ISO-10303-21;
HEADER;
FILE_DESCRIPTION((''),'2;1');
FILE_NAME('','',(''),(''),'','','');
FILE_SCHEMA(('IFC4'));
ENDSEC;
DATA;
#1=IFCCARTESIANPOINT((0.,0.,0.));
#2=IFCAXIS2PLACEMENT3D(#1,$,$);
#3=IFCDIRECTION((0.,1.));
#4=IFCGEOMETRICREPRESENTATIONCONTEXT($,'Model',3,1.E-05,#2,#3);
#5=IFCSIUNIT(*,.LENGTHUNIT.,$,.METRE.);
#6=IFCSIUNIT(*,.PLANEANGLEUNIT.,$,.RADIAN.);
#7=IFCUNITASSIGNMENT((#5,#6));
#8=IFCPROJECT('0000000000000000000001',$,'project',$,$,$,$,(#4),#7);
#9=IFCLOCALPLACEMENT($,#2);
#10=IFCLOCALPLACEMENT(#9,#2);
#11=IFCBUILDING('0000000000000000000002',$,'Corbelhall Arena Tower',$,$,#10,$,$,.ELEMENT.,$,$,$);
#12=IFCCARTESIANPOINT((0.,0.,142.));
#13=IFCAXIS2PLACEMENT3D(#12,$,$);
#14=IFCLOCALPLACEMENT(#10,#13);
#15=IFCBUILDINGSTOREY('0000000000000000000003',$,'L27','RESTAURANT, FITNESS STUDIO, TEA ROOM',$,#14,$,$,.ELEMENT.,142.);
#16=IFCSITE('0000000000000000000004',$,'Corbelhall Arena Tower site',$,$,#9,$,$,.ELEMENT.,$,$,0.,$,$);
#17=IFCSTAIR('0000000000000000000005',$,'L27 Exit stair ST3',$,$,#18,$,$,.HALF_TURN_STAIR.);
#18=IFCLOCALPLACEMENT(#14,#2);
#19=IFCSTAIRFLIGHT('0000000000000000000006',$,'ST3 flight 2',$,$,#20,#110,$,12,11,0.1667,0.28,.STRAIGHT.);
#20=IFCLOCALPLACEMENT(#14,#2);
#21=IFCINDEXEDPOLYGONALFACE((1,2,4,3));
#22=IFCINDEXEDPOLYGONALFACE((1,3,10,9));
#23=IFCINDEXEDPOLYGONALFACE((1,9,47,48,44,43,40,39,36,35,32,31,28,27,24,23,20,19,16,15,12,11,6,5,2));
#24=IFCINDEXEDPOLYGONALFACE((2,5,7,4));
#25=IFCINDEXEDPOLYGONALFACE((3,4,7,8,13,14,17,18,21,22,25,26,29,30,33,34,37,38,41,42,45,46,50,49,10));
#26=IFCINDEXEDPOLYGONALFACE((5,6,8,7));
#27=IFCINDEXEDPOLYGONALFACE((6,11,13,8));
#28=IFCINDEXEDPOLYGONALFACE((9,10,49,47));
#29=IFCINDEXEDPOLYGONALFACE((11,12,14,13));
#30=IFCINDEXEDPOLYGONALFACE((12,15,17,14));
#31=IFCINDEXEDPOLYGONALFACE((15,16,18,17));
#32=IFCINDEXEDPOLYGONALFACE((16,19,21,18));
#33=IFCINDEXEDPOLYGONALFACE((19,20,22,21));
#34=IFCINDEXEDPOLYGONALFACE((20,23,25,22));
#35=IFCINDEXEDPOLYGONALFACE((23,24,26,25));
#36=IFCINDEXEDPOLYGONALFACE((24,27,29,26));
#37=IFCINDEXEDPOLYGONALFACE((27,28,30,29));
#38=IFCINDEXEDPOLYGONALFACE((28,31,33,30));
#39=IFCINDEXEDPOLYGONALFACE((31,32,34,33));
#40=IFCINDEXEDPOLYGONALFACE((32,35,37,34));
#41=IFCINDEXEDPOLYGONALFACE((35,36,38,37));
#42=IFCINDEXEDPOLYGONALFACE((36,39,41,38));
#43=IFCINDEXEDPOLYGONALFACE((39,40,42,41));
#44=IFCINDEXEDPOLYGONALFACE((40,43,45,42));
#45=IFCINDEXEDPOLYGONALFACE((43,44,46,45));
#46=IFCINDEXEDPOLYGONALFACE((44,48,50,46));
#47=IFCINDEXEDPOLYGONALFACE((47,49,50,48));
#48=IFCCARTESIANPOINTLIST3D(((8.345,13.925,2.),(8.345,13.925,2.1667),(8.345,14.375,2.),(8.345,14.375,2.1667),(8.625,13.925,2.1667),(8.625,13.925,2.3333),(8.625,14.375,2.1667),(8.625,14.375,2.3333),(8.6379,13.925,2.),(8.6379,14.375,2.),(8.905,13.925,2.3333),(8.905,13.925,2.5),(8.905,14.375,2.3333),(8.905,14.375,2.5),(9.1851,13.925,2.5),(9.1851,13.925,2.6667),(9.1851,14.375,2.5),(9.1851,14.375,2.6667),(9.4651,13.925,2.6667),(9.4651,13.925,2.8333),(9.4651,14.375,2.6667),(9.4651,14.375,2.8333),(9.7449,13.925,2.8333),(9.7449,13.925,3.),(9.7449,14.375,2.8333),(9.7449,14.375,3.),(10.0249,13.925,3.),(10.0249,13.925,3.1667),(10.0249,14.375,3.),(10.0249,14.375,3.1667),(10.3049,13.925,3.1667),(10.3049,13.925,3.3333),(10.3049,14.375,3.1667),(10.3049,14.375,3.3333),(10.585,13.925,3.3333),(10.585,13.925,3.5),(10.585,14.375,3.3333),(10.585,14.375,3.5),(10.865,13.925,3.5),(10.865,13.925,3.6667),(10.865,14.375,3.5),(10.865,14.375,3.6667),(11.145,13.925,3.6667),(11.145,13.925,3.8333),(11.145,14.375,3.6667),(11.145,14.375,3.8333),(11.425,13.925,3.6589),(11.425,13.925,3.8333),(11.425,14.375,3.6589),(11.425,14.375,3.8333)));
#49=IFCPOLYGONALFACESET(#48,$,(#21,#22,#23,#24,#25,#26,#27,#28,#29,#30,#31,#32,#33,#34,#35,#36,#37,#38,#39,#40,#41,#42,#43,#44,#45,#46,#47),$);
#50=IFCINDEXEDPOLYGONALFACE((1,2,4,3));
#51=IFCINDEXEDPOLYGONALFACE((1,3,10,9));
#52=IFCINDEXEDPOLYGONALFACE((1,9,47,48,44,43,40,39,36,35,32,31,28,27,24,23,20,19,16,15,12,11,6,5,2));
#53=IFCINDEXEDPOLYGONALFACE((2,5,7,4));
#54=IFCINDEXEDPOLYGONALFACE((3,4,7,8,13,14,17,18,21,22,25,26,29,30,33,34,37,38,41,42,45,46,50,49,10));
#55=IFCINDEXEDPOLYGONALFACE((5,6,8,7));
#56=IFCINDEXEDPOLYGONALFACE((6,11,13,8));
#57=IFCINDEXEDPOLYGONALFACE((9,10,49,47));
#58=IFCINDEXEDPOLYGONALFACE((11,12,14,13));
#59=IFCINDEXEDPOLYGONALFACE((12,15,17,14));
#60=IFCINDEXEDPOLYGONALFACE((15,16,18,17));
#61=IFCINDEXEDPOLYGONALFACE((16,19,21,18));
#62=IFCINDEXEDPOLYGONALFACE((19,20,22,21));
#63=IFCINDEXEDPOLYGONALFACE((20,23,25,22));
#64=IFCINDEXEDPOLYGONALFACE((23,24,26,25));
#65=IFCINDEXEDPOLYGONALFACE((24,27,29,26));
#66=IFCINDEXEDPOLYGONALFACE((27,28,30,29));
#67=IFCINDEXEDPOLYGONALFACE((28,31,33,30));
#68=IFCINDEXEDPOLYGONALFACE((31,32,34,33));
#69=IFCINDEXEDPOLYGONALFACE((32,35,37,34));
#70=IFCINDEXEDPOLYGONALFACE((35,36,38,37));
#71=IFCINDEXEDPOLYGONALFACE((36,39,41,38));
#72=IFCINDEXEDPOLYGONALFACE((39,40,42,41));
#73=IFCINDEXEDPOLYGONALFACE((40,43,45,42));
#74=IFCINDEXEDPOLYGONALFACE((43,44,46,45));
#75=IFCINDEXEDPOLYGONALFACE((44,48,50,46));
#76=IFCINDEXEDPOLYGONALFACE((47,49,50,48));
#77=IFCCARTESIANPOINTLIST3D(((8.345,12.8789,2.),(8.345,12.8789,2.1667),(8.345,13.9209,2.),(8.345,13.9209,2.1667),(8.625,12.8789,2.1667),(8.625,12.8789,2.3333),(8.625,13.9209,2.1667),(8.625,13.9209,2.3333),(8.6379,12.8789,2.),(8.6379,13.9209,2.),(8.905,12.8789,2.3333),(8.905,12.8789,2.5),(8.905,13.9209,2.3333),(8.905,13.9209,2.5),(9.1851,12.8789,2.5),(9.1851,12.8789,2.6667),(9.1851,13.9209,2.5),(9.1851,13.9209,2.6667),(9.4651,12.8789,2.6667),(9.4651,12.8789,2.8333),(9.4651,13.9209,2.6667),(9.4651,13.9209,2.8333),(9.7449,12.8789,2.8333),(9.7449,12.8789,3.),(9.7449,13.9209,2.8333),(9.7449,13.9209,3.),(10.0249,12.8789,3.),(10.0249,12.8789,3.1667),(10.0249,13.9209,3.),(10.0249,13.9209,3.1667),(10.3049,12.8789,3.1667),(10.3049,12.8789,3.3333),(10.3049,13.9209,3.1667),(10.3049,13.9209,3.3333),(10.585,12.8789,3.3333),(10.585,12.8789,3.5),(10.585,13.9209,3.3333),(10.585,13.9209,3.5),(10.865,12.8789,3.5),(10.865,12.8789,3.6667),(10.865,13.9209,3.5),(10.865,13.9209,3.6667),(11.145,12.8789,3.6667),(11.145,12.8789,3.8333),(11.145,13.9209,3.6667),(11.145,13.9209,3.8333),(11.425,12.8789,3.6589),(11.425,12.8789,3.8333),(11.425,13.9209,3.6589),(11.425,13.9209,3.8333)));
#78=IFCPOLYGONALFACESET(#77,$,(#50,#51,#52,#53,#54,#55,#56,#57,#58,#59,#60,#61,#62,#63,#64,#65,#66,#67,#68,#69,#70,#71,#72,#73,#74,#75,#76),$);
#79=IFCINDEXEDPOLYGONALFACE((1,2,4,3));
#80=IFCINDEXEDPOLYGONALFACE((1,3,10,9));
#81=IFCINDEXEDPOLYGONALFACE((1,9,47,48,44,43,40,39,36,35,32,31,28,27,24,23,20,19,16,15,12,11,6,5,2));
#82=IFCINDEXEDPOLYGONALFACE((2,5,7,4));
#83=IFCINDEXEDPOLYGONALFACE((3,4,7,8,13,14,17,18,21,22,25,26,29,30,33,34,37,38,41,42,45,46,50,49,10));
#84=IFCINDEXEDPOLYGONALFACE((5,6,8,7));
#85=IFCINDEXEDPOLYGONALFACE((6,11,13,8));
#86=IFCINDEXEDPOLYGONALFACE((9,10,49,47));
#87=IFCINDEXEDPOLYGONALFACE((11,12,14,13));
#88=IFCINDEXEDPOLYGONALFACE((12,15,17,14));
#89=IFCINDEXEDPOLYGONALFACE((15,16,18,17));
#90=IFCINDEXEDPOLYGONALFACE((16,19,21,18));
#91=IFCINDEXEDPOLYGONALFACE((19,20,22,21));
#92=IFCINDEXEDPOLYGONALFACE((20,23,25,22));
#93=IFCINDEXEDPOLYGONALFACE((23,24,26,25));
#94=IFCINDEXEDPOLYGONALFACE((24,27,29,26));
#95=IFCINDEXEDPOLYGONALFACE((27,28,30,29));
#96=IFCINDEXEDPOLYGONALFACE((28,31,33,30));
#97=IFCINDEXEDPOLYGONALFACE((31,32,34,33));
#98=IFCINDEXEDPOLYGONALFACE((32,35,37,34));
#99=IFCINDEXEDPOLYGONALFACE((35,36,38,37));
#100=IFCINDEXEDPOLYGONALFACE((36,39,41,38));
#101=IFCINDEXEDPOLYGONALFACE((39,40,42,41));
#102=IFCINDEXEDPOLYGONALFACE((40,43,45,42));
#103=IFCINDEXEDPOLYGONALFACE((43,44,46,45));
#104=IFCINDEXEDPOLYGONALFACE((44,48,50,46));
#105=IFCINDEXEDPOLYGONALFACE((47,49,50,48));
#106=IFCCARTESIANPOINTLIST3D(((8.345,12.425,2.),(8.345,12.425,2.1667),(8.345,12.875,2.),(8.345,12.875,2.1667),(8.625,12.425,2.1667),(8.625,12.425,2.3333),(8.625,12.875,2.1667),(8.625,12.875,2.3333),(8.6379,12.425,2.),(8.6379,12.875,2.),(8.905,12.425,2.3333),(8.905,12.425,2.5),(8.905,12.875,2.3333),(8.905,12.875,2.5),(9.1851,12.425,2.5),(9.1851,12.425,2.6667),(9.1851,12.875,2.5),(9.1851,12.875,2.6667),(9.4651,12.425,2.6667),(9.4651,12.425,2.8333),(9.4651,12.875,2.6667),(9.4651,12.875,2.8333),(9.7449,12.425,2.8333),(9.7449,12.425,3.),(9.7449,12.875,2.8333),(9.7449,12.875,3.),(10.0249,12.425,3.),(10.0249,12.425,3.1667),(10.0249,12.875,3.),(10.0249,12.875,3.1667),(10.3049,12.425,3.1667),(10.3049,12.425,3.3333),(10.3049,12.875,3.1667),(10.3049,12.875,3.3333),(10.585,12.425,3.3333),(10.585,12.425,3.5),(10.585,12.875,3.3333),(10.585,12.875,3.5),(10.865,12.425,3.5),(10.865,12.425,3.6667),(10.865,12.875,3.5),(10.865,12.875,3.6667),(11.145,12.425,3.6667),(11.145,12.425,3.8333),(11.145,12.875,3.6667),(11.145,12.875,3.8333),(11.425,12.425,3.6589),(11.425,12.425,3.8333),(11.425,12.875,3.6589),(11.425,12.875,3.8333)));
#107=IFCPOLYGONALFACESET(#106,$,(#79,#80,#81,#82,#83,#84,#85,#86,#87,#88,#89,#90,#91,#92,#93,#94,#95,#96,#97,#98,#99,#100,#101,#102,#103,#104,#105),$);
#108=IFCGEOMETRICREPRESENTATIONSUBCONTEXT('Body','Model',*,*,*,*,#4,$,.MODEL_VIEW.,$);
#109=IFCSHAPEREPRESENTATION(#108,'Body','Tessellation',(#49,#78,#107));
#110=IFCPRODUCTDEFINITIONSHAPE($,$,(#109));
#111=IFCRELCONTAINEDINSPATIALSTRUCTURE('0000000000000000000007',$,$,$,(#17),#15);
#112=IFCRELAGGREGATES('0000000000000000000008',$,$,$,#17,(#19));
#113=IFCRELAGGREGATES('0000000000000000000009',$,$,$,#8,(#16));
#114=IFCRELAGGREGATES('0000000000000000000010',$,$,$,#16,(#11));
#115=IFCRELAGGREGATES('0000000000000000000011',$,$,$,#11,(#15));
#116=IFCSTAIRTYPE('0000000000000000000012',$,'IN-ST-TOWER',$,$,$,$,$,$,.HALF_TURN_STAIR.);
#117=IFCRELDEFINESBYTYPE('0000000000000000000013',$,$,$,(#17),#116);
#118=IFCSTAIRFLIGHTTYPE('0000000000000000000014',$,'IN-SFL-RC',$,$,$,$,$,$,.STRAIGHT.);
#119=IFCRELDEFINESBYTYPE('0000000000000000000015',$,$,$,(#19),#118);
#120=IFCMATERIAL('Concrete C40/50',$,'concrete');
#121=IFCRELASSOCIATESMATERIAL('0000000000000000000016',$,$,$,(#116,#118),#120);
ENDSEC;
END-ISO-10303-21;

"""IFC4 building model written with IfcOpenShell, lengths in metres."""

from ifc_helpers import new_model, si_unit, direction, frame, origin, place, context, subcontext, project, spatial, polyline, outline, extrude, material, type_object, element, aggregate, save


model = new_model("IFC4")

# Units and contexts
model_context = context("Model", 3, precision=1e-05, world=origin(), true_north=direction((0.0, 1.0)))
body_context = subcontext(model_context, "Body", "Model", "MODEL_VIEW")
ifc_project = project(units=[si_unit("LENGTHUNIT", "METRE"), si_unit("PLANEANGLEUNIT", "RADIAN")], contexts=[model_context])

# Site, building, storey
site_placement = place(None, origin())
site = spatial("IfcSite", under=ifc_project, at=site_placement, Name="Corbelhall Arena Tower site", CompositionType="ELEMENT", RefElevation=0.0)
building_placement = place(site_placement, origin())
building = spatial("IfcBuilding", under=site, at=building_placement, Name="Corbelhall Arena Tower", CompositionType="ELEMENT")
storey_placement = place(building_placement, frame((0.0, 0.0, 142.0)))
storey = spatial("IfcBuildingStorey", under=building, at=storey_placement, Name="L27", Description="RESTAURANT, FITNESS STUDIO, TEA ROOM", CompositionType="ELEMENT", Elevation=142.0)

# Shared definitions
ifc_material_1 = material(Name="Concrete C40/50", Category="concrete")

# Stair, stair flight
stair_type = type_object("IfcStairType", Name="IN-ST-TOWER", PredefinedType="HALF_TURN_STAIR", material=ifc_material_1)
stair_placement = place(storey_placement, origin())
stair = element("IfcStair", 1, at=stair_placement, inside=storey, type_object=stair_type, Name="L27 Exit stair ST3", PredefinedType="HALF_TURN_STAIR")
stair_flight_type = type_object("IfcStairFlightType", Name="IN-SFL-RC", PredefinedType="STRAIGHT", material=ifc_material_1)
stair_flight_1_placement = place(storey_placement, frame((8.345, 13.3999, 2.0), z_axis=(0.0, 0.0, 1.0), x_axis=(1.0, 0.0, 0.0)))
stair_flight_1 = element("IfcStairFlight", 2, at=stair_flight_1_placement, type_object=stair_flight_type, Name="ST3 flight 2", NumberOfRisers=12, NumberOfTreads=11, PredefinedType="STRAIGHT", RiserHeight=0.1667, TreadLength=0.28, context=body_context, shape_type="SweptSolid", body=[
    extrude(outline(polyline([(0.0, 0.0), (0.0, 0.1667), (0.28, 0.1667), (0.28, 0.3333), (0.5601, 0.3333), (0.5601, 0.5), (0.8401, 0.5), (0.8401, 0.6667), (1.1201, 0.6667), (1.1201, 0.8333), (1.3999, 0.8333), (1.3999, 1.0), (1.6799, 1.0), (1.6799, 1.1667), (1.96, 1.1667), (1.96, 1.3333), (2.24, 1.3333), (2.24, 1.5), (2.52, 1.5), (2.52, 1.6667), (2.8, 1.6667), (2.8, 1.8333), (3.0801, 1.8333), (3.0801, 2.0), (3.0801, 1.6589), (0.293, 0.0), (0.0, 0.0)])), frame((0.0, 0.9751, 0.0), z_axis=(0.0, -1.0, 0.0), x_axis=(1.0, 0.0, 0.0)), (0.0, 0.0, 1.0), 0.45),
    extrude(outline(polyline([(0.0, 0.0), (0.0, 0.1667), (0.28, 0.1667), (0.28, 0.3333), (0.5601, 0.3333), (0.5601, 0.5), (0.8401, 0.5), (0.8401, 0.6667), (1.1201, 0.6667), (1.1201, 0.8333), (1.3999, 0.8333), (1.3999, 1.0), (1.6799, 1.0), (1.6799, 1.1667), (1.96, 1.1667), (1.96, 1.3333), (2.24, 1.3333), (2.24, 1.5), (2.52, 1.5), (2.52, 1.6667), (2.8, 1.6667), (2.8, 1.8333), (3.0801, 1.8333), (3.0801, 2.0), (3.0801, 1.6589), (0.293, 0.0), (0.0, 0.0)])), frame((0.0, 0.521, 0.0), z_axis=(0.0, -1.0, 0.0), x_axis=(1.0, 0.0, 0.0)), (0.0, 0.0, 1.0), 1.042),
    extrude(outline(polyline([(0.0, 0.0), (0.0, 0.1667), (0.28, 0.1667), (0.28, 0.3333), (0.5601, 0.3333), (0.5601, 0.5), (0.8401, 0.5), (0.8401, 0.6667), (1.1201, 0.6667), (1.1201, 0.8333), (1.3999, 0.8333), (1.3999, 1.0), (1.6799, 1.0), (1.6799, 1.1667), (1.96, 1.1667), (1.96, 1.3333), (2.24, 1.3333), (2.24, 1.5), (2.52, 1.5), (2.52, 1.6667), (2.8, 1.6667), (2.8, 1.8333), (3.0801, 1.8333), (3.0801, 2.0), (3.0801, 1.6589), (0.293, 0.0), (0.0, 0.0)])), frame((0.0, -0.5249, 0.0), z_axis=(0.0, -1.0, 0.0), x_axis=(1.0, 0.0, 0.0)), (0.0, 0.0, 1.0), 0.45),
])
aggregate(stair, [stair_flight_1])

save(model, "model.ifc")
